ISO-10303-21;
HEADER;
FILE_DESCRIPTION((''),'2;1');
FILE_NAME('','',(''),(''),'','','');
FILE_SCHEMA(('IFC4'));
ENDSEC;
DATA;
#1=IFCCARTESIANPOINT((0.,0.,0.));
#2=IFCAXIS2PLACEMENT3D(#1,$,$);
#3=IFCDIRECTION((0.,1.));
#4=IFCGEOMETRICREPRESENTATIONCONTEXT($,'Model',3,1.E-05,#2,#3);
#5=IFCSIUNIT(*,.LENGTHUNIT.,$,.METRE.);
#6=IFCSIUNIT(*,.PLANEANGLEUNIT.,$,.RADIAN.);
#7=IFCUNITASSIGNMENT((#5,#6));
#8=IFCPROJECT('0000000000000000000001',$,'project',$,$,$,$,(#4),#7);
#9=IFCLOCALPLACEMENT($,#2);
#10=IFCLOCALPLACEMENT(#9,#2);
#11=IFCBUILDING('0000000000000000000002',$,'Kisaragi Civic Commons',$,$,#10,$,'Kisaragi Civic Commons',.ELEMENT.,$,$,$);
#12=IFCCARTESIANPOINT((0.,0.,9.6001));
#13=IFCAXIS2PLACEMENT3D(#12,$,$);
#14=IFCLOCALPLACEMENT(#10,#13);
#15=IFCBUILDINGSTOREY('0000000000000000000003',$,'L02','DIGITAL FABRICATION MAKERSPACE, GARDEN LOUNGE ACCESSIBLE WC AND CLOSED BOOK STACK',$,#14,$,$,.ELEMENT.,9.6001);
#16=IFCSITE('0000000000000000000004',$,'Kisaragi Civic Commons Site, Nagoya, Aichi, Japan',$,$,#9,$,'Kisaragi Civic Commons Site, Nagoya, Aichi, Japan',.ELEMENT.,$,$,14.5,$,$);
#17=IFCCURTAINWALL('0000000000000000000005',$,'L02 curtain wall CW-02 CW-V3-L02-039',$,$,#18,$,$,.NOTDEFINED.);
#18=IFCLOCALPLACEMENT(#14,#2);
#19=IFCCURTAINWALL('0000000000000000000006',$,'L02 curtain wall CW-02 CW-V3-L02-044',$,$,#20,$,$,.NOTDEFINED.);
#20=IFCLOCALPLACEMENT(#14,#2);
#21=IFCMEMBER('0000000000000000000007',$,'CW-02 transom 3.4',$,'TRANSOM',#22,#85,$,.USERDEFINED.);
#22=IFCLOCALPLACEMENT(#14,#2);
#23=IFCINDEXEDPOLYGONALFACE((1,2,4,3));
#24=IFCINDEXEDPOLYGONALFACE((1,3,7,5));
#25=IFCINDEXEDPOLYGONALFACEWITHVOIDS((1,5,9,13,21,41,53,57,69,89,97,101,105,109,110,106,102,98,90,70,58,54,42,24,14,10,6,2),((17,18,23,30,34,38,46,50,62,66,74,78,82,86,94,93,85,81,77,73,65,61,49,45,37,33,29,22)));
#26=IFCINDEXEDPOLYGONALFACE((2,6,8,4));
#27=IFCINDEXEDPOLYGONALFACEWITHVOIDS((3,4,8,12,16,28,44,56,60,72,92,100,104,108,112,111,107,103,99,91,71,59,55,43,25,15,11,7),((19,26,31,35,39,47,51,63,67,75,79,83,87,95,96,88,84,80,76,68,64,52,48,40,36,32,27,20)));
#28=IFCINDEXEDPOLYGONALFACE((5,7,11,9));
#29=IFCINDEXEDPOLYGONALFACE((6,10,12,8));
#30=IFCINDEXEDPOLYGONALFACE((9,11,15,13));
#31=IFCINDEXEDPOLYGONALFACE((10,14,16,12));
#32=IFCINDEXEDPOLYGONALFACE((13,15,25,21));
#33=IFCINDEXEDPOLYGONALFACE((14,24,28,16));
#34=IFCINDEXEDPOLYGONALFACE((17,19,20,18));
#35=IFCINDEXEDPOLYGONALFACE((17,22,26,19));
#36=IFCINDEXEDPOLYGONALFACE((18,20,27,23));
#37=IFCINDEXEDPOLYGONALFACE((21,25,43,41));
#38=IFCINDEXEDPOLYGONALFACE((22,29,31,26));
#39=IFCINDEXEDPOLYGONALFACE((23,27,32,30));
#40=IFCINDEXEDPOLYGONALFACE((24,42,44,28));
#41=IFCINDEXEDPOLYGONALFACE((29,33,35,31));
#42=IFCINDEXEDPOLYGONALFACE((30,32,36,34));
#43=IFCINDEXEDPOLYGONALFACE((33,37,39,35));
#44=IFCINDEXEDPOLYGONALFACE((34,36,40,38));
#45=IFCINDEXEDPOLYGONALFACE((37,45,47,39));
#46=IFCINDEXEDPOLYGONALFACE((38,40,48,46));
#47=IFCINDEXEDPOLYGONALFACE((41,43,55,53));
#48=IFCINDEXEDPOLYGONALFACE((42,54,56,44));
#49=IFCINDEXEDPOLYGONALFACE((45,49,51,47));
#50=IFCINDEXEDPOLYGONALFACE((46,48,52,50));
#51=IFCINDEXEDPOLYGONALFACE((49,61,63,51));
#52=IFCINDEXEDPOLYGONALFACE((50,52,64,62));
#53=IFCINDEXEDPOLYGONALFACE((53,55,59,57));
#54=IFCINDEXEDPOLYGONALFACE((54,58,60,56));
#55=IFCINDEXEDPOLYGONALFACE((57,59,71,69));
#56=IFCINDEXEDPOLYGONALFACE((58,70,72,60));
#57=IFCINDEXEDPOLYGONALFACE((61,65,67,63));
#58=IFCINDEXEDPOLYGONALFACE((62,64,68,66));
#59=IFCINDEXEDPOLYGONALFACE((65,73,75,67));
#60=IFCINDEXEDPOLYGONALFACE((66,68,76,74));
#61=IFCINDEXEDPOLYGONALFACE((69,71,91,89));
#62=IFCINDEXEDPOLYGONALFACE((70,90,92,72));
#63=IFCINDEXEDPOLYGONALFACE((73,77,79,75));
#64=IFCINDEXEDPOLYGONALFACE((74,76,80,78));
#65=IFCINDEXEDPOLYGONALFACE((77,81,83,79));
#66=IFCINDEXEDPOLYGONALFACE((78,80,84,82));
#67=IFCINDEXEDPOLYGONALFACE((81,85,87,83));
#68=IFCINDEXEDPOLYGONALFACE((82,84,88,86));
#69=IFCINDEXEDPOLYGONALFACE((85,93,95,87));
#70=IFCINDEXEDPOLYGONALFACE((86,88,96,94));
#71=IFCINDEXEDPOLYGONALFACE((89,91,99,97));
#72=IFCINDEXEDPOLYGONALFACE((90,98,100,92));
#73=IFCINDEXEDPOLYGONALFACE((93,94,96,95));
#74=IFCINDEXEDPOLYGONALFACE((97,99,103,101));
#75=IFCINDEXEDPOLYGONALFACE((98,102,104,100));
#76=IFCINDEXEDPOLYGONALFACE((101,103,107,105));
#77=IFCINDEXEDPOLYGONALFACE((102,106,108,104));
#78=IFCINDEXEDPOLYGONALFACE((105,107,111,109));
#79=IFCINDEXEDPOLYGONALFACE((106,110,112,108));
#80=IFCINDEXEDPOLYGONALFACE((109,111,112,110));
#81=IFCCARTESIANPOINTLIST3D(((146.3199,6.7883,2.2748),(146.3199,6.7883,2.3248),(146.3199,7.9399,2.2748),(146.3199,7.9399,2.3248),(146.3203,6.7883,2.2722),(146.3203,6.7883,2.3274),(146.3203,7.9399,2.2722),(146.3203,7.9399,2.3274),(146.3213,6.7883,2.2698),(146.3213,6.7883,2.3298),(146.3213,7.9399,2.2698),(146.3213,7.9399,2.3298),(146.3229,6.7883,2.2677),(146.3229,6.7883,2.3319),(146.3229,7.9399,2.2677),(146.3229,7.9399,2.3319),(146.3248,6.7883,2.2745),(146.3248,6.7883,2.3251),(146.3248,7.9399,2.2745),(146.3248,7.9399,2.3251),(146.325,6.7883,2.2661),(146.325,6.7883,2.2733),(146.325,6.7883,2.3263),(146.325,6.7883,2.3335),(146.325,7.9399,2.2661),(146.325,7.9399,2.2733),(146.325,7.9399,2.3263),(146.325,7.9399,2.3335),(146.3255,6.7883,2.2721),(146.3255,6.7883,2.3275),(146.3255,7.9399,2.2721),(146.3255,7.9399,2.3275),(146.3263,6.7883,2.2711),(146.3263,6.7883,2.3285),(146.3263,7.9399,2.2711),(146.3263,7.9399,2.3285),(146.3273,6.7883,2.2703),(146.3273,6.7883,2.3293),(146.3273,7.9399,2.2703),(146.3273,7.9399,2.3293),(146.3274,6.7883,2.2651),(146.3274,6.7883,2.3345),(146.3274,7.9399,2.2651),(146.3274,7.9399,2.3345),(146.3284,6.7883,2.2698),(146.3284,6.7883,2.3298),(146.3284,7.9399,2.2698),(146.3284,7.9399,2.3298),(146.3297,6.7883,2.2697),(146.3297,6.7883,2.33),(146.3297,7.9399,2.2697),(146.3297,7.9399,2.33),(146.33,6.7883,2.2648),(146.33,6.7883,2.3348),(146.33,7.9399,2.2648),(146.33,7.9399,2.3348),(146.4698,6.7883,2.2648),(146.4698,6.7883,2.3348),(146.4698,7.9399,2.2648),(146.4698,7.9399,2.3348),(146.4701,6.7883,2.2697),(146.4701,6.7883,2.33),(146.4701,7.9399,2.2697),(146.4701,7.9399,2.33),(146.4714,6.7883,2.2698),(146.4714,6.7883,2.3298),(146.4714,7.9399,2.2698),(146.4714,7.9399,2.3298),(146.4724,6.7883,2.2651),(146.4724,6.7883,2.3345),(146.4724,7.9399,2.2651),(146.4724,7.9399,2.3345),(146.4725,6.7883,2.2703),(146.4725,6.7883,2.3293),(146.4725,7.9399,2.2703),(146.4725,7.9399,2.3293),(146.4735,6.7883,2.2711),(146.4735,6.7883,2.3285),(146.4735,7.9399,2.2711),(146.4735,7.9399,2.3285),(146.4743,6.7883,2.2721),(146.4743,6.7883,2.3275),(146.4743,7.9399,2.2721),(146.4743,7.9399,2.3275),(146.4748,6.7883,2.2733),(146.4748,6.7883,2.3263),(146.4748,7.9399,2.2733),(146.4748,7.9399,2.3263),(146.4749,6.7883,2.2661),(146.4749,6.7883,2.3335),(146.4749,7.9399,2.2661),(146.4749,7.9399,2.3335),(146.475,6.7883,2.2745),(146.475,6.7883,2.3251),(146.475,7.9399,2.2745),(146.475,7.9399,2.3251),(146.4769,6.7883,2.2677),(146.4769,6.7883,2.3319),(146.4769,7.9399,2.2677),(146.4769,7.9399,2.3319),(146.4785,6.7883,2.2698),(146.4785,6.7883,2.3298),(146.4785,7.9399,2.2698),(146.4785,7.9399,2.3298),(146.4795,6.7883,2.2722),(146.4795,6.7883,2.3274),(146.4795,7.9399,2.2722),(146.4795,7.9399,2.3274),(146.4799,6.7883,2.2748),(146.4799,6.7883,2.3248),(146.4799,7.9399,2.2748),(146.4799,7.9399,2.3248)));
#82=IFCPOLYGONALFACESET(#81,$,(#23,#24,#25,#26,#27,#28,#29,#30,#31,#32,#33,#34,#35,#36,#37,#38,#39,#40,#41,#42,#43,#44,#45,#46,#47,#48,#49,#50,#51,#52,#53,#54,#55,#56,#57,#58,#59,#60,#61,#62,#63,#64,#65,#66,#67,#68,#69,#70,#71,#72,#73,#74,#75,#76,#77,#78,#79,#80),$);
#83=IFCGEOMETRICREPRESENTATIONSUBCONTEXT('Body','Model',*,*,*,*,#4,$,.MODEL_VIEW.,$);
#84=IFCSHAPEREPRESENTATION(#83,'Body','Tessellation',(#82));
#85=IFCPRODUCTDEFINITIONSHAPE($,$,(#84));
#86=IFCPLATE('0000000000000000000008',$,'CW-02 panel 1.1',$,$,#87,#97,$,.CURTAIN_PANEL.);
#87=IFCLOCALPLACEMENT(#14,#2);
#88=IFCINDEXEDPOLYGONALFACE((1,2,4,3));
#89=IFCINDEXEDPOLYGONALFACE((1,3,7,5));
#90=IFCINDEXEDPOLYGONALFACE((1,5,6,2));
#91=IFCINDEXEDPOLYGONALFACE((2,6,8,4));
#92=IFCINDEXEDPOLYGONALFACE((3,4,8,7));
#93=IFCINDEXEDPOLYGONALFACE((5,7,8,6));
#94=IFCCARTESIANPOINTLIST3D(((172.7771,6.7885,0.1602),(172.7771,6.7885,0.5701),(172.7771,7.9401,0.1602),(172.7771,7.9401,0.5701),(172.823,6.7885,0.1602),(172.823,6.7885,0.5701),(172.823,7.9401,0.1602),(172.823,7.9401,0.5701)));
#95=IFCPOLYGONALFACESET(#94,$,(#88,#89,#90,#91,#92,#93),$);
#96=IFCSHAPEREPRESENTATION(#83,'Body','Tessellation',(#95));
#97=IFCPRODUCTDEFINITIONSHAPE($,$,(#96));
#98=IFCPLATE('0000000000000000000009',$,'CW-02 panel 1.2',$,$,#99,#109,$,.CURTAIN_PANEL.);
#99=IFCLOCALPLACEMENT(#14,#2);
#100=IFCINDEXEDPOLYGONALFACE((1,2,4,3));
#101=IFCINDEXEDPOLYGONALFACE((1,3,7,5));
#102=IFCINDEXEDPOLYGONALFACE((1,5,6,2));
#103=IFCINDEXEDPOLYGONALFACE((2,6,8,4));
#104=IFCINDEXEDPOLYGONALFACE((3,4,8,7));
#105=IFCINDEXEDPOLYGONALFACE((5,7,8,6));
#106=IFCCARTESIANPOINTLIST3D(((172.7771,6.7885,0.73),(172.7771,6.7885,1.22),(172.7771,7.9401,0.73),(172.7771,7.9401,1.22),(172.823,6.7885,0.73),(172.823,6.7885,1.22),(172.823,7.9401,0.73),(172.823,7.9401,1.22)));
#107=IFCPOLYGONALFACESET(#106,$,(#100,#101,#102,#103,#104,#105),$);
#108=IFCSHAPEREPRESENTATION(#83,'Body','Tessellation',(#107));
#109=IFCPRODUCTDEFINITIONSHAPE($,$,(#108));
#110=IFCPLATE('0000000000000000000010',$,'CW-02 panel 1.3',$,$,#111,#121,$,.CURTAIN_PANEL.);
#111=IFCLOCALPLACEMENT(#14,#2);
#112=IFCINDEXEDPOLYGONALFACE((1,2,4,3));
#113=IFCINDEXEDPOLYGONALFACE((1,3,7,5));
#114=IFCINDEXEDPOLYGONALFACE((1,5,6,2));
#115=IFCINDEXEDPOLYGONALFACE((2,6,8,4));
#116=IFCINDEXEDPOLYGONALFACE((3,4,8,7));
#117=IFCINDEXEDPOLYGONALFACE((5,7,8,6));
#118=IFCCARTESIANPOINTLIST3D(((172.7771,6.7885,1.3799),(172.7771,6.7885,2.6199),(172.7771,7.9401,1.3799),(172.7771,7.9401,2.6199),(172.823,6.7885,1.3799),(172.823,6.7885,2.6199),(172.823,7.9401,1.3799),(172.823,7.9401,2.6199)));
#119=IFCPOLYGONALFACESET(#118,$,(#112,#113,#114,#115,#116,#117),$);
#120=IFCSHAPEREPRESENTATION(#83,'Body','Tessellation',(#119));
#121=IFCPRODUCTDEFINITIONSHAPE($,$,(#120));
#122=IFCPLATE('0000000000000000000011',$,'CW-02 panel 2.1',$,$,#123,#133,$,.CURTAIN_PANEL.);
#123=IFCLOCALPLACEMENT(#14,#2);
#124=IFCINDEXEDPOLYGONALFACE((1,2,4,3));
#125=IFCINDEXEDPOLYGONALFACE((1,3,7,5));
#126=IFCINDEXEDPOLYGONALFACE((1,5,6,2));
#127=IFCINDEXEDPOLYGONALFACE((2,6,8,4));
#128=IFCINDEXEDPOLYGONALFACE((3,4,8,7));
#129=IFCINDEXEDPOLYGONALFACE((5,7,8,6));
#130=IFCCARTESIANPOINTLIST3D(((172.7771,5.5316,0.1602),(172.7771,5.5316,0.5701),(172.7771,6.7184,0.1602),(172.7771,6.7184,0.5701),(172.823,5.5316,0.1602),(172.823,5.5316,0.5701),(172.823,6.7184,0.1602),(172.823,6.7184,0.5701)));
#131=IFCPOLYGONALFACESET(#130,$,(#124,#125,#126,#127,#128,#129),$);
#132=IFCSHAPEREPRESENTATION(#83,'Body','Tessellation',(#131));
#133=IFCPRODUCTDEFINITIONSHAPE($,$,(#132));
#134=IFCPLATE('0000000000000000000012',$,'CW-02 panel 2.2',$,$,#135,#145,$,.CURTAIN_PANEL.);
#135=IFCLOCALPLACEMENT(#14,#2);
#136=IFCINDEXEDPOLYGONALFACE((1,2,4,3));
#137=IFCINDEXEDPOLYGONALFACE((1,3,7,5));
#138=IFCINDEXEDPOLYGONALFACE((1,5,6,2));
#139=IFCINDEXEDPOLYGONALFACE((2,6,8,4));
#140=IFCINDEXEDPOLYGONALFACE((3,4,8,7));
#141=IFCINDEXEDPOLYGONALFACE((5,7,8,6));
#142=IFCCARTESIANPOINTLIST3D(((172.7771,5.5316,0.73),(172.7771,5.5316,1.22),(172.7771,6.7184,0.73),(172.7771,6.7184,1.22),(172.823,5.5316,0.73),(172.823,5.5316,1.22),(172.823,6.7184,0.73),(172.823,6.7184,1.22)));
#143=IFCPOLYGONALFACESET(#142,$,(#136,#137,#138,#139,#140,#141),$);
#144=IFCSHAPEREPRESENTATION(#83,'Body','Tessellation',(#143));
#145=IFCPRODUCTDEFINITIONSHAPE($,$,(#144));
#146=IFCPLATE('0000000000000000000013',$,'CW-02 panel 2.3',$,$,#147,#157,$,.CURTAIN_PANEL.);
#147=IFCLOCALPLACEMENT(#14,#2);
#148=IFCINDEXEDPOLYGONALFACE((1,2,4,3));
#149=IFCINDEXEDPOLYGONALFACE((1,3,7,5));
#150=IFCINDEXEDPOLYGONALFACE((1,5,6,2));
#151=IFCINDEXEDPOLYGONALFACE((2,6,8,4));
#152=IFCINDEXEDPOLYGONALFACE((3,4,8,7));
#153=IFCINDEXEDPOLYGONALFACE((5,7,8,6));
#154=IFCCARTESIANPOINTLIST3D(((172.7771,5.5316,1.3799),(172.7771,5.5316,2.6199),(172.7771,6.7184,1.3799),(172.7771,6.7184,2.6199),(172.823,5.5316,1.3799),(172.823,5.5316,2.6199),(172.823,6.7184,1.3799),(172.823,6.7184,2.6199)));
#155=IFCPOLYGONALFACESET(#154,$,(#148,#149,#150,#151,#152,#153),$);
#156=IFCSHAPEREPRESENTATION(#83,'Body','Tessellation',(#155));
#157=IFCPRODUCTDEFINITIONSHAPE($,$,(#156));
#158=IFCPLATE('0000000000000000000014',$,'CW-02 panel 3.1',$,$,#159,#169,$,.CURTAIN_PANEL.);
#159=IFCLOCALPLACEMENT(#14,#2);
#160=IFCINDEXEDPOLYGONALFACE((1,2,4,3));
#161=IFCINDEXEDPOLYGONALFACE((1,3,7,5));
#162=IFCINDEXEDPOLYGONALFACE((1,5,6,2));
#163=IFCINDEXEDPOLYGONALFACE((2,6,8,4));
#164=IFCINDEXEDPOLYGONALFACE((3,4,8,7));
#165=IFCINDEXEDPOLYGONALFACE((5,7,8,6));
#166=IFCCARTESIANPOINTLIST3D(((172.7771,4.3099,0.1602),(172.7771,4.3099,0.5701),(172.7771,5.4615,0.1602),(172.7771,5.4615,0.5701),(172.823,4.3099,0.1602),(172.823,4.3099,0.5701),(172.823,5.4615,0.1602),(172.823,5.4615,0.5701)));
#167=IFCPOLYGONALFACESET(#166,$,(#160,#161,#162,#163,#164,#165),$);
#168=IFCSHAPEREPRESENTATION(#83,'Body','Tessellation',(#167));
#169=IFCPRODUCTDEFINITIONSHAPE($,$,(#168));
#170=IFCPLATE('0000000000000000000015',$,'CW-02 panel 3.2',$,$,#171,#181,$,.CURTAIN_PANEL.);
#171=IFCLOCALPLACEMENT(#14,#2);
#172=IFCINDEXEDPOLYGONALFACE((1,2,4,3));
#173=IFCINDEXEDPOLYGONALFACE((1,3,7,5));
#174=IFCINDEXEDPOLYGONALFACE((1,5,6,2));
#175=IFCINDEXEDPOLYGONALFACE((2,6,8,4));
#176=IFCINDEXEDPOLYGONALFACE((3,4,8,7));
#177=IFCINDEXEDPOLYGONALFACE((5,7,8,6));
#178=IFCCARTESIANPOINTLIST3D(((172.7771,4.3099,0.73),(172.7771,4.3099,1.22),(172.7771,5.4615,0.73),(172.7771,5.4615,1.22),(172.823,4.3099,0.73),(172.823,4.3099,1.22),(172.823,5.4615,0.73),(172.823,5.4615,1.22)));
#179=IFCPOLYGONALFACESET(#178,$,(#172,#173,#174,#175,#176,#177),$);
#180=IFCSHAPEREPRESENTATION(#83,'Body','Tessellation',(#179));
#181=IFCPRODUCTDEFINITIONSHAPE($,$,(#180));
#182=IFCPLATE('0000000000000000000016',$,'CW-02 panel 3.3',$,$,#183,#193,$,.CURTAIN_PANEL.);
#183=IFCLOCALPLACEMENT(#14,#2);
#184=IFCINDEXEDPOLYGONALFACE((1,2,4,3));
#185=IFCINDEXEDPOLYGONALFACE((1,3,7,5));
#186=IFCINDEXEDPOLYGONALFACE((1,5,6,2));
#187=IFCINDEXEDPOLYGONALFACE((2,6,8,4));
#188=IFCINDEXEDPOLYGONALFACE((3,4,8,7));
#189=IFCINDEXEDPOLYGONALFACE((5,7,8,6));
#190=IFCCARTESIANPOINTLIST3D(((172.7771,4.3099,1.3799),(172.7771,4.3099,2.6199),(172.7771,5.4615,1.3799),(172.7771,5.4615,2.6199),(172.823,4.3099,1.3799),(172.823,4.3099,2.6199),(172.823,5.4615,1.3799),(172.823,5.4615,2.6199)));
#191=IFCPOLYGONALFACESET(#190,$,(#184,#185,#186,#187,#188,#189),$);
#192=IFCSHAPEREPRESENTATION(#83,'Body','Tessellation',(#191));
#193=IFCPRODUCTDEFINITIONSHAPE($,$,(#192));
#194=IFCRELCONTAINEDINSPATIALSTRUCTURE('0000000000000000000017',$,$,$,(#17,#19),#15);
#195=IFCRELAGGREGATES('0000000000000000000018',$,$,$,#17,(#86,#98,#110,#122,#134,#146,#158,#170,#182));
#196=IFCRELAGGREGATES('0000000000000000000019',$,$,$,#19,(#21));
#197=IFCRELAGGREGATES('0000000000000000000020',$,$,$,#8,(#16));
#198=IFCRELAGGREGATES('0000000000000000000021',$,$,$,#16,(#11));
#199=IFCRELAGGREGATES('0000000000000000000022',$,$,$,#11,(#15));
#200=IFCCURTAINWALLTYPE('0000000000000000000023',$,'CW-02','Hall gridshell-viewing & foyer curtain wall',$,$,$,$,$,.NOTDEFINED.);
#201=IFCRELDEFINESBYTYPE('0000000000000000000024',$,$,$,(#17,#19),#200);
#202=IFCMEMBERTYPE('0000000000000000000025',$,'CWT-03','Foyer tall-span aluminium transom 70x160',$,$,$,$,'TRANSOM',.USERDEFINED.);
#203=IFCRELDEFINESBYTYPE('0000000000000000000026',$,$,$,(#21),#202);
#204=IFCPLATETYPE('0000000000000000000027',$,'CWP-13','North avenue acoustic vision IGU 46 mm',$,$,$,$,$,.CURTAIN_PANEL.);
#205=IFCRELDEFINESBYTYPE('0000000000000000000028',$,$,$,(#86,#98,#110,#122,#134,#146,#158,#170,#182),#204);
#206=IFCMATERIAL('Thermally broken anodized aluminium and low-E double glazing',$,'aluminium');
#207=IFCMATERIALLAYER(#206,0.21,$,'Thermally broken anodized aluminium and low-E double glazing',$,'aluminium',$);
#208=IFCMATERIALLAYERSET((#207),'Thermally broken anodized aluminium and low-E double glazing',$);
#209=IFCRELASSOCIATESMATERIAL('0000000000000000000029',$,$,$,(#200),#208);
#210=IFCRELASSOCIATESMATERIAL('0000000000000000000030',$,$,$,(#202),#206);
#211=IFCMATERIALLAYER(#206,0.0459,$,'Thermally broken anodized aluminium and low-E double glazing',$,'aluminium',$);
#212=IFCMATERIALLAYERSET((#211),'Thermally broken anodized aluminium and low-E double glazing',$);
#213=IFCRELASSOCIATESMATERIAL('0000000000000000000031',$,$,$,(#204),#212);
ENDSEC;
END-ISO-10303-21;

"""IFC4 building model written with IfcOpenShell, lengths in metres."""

from ifc_helpers import new_model, si_unit, direction, frame, origin, origin_2d, place, context, subcontext, project, spatial, rectangle, hollow_rectangle, extrude, material, layer, layer_set, material_profile, profile_set, type_object, element, aggregate, save


model = new_model("IFC4")

# Units and contexts
model_context = context("Model", 3, precision=1e-05, world=origin(), true_north=direction((0.0, 1.0)))
body_context = subcontext(model_context, "Body", "Model", "MODEL_VIEW")
ifc_project = project(units=[si_unit("LENGTHUNIT", "METRE"), si_unit("PLANEANGLEUNIT", "RADIAN")], contexts=[model_context])

# Site, building, storey
site_placement = place(None, origin())
site = spatial("IfcSite", under=ifc_project, at=site_placement, Name="Kisaragi Civic Commons Site, Nagoya, Aichi, Japan", LongName="Kisaragi Civic Commons Site, Nagoya, Aichi, Japan", CompositionType="ELEMENT", RefElevation=14.5)
building_placement = place(site_placement, origin())
building = spatial("IfcBuilding", under=site, at=building_placement, Name="Kisaragi Civic Commons", LongName="Kisaragi Civic Commons", CompositionType="ELEMENT")
storey_placement = place(building_placement, frame((0.0, 0.0, 9.6001)))
storey = spatial("IfcBuildingStorey", under=building, at=storey_placement, Name="L02", Description="DIGITAL FABRICATION MAKERSPACE, GARDEN LOUNGE ACCESSIBLE WC AND CLOSED BOOK STACK", CompositionType="ELEMENT", Elevation=9.6001)

# Curtain wall
ifc_material_1 = material(Name="Thermally broken anodized aluminium and low-E double glazing", Category="aluminium")
ifc_layer_1 = layer(ifc_material_1, 0.21, Name="Thermally broken anodized aluminium and low-E double glazing", Category="aluminium")
ifc_layer_set_1 = layer_set([ifc_layer_1], Name="Thermally broken anodized aluminium and low-E double glazing")
curtain_wall_type = type_object("IfcCurtainWallType", Name="CW-02", Description="Hall gridshell-viewing & foyer curtain wall", PredefinedType="NOTDEFINED", material=ifc_layer_set_1)
curtain_wall_1_placement = place(storey_placement, origin())
curtain_wall_1 = element("IfcCurtainWall", 1, at=curtain_wall_1_placement, inside=storey, type_object=curtain_wall_type, Name="L02 curtain wall CW-02 CW-V3-L02-039", PredefinedType="NOTDEFINED")

# Curtain wall
curtain_wall_2_placement = place(storey_placement, origin())
curtain_wall_2 = element("IfcCurtainWall", 2, at=curtain_wall_2_placement, inside=storey, type_object=curtain_wall_type, Name="L02 curtain wall CW-02 CW-V3-L02-044", PredefinedType="NOTDEFINED")

# Member
ifc_material_profile_1 = material_profile(ifc_material_1, hollow_rectangle(XDim=0.1599, YDim=0.0701, WallThickness=0.0049, InnerFilletRadius=0.0049, OuterFilletRadius=0.01, at=origin_2d()), Name="CWT-70x160x5", Category="aluminium")
ifc_profile_set_1 = profile_set([ifc_material_profile_1], Name="Thermally broken anodized aluminium and low-E double glazing")
member_type_1 = type_object("IfcMemberType", Name="CWT-03", Description="Foyer tall-span aluminium transom 70x160", ElementType="TRANSOM", PredefinedType="USERDEFINED", material=ifc_profile_set_1)
member_1_placement = place(storey_placement, frame((146.3999, 6.7883, 2.2998), z_axis=(0.0, 1.0, 0.0), x_axis=(-1.0, 0.0, 0.0)))
member_1 = element("IfcMember", 3, at=member_1_placement, type_object=member_type_1, Name="CW-02 transom 3.4", ObjectType="TRANSOM", PredefinedType="USERDEFINED", context=body_context, shape_type="SweptSolid", body=[
    extrude(hollow_rectangle(XDim=0.1599, YDim=0.0701, WallThickness=0.0049, InnerFilletRadius=0.0049, OuterFilletRadius=0.01, at=origin_2d()), origin(), (0.0, 0.0, 1.0), 1.1516),
])

# Plates
ifc_layer_2 = layer(ifc_material_1, 0.0459, Name="Thermally broken anodized aluminium and low-E double glazing", Category="aluminium")
ifc_layer_set_2 = layer_set([ifc_layer_2], Name="Thermally broken anodized aluminium and low-E double glazing")
plate_type_1 = type_object("IfcPlateType", Name="CWP-13", Description="North avenue acoustic vision IGU 46 mm", PredefinedType="CURTAIN_PANEL", material=ifc_layer_set_2)
plate_1_placement = place(storey_placement, frame((172.8, 7.3643, 0.1602), z_axis=(0.0, 0.0, 1.0), x_axis=(0.0, -1.0, 0.0)))
plate_1 = element("IfcPlate", 4, at=plate_1_placement, type_object=plate_type_1, Name="CW-02 panel 1.1", PredefinedType="CURTAIN_PANEL", context=body_context, shape_type="SweptSolid", body=[
    extrude(rectangle(XDim=1.1516, YDim=0.0459, at=origin_2d()), origin(), (0.0, 0.0, 1.0), 0.4099),
])
plate_2_placement = place(storey_placement, frame((172.8, 7.3643, 0.73), z_axis=(0.0, 0.0, 1.0), x_axis=(0.0, -1.0, 0.0)))
plate_2 = element("IfcPlate", 5, at=plate_2_placement, type_object=plate_type_1, Name="CW-02 panel 1.2", PredefinedType="CURTAIN_PANEL", context=body_context, shape_type="SweptSolid", body=[
    extrude(rectangle(XDim=1.1516, YDim=0.0459, at=origin_2d()), origin(), (0.0, 0.0, 1.0), 0.49),
])
plate_3_placement = place(storey_placement, frame((172.8, 7.3643, 1.3799), z_axis=(0.0, 0.0, 1.0), x_axis=(0.0, -1.0, 0.0)))
plate_3 = element("IfcPlate", 6, at=plate_3_placement, type_object=plate_type_1, Name="CW-02 panel 1.3", PredefinedType="CURTAIN_PANEL", context=body_context, shape_type="SweptSolid", body=[
    extrude(rectangle(XDim=1.1516, YDim=0.0459, at=origin_2d()), origin(), (0.0, 0.0, 1.0), 1.24),
])
plate_4_placement = place(storey_placement, frame((172.8, 6.125, 0.1602), z_axis=(0.0, 0.0, 1.0), x_axis=(0.0, -1.0, 0.0)))
plate_4 = element("IfcPlate", 7, at=plate_4_placement, type_object=plate_type_1, Name="CW-02 panel 2.1", PredefinedType="CURTAIN_PANEL", context=body_context, shape_type="SweptSolid", body=[
    extrude(rectangle(XDim=1.1868, YDim=0.0459, at=origin_2d()), origin(), (0.0, 0.0, 1.0), 0.4099),
])
plate_5_placement = place(storey_placement, frame((172.8, 6.125, 0.73), z_axis=(0.0, 0.0, 1.0), x_axis=(0.0, -1.0, 0.0)))
plate_5 = element("IfcPlate", 8, at=plate_5_placement, type_object=plate_type_1, Name="CW-02 panel 2.2", PredefinedType="CURTAIN_PANEL", context=body_context, shape_type="SweptSolid", body=[
    extrude(rectangle(XDim=1.1868, YDim=0.0459, at=origin_2d()), origin(), (0.0, 0.0, 1.0), 0.49),
])
plate_6_placement = place(storey_placement, frame((172.8, 6.125, 1.3799), z_axis=(0.0, 0.0, 1.0), x_axis=(0.0, -1.0, 0.0)))
plate_6 = element("IfcPlate", 9, at=plate_6_placement, type_object=plate_type_1, Name="CW-02 panel 2.3", PredefinedType="CURTAIN_PANEL", context=body_context, shape_type="SweptSolid", body=[
    extrude(rectangle(XDim=1.1868, YDim=0.0459, at=origin_2d()), origin(), (0.0, 0.0, 1.0), 1.24),
])
plate_7_placement = place(storey_placement, frame((172.8, 4.8857, 0.1602), z_axis=(0.0, 0.0, 1.0), x_axis=(0.0, -1.0, 0.0)))
plate_7 = element("IfcPlate", 10, at=plate_7_placement, type_object=plate_type_1, Name="CW-02 panel 3.1", PredefinedType="CURTAIN_PANEL", context=body_context, shape_type="SweptSolid", body=[
    extrude(rectangle(XDim=1.1516, YDim=0.0459, at=origin_2d()), origin(), (0.0, 0.0, 1.0), 0.4099),
])
plate_8_placement = place(storey_placement, frame((172.8, 4.8857, 0.73), z_axis=(0.0, 0.0, 1.0), x_axis=(0.0, -1.0, 0.0)))
plate_8 = element("IfcPlate", 11, at=plate_8_placement, type_object=plate_type_1, Name="CW-02 panel 3.2", PredefinedType="CURTAIN_PANEL", context=body_context, shape_type="SweptSolid", body=[
    extrude(rectangle(XDim=1.1516, YDim=0.0459, at=origin_2d()), origin(), (0.0, 0.0, 1.0), 0.49),
])
plate_9_placement = place(storey_placement, frame((172.8, 4.8857, 1.3799), z_axis=(0.0, 0.0, 1.0), x_axis=(0.0, -1.0, 0.0)))
plate_9 = element("IfcPlate", 12, at=plate_9_placement, type_object=plate_type_1, Name="CW-02 panel 3.3", PredefinedType="CURTAIN_PANEL", context=body_context, shape_type="SweptSolid", body=[
    extrude(rectangle(XDim=1.1516, YDim=0.0459, at=origin_2d()), origin(), (0.0, 0.0, 1.0), 1.24),
])
aggregate(curtain_wall_1, [plate_1, plate_2, plate_3, plate_4, plate_5, plate_6, plate_7, plate_8, plate_9])
aggregate(curtain_wall_2, [member_1])

save(model, "model.ifc")
